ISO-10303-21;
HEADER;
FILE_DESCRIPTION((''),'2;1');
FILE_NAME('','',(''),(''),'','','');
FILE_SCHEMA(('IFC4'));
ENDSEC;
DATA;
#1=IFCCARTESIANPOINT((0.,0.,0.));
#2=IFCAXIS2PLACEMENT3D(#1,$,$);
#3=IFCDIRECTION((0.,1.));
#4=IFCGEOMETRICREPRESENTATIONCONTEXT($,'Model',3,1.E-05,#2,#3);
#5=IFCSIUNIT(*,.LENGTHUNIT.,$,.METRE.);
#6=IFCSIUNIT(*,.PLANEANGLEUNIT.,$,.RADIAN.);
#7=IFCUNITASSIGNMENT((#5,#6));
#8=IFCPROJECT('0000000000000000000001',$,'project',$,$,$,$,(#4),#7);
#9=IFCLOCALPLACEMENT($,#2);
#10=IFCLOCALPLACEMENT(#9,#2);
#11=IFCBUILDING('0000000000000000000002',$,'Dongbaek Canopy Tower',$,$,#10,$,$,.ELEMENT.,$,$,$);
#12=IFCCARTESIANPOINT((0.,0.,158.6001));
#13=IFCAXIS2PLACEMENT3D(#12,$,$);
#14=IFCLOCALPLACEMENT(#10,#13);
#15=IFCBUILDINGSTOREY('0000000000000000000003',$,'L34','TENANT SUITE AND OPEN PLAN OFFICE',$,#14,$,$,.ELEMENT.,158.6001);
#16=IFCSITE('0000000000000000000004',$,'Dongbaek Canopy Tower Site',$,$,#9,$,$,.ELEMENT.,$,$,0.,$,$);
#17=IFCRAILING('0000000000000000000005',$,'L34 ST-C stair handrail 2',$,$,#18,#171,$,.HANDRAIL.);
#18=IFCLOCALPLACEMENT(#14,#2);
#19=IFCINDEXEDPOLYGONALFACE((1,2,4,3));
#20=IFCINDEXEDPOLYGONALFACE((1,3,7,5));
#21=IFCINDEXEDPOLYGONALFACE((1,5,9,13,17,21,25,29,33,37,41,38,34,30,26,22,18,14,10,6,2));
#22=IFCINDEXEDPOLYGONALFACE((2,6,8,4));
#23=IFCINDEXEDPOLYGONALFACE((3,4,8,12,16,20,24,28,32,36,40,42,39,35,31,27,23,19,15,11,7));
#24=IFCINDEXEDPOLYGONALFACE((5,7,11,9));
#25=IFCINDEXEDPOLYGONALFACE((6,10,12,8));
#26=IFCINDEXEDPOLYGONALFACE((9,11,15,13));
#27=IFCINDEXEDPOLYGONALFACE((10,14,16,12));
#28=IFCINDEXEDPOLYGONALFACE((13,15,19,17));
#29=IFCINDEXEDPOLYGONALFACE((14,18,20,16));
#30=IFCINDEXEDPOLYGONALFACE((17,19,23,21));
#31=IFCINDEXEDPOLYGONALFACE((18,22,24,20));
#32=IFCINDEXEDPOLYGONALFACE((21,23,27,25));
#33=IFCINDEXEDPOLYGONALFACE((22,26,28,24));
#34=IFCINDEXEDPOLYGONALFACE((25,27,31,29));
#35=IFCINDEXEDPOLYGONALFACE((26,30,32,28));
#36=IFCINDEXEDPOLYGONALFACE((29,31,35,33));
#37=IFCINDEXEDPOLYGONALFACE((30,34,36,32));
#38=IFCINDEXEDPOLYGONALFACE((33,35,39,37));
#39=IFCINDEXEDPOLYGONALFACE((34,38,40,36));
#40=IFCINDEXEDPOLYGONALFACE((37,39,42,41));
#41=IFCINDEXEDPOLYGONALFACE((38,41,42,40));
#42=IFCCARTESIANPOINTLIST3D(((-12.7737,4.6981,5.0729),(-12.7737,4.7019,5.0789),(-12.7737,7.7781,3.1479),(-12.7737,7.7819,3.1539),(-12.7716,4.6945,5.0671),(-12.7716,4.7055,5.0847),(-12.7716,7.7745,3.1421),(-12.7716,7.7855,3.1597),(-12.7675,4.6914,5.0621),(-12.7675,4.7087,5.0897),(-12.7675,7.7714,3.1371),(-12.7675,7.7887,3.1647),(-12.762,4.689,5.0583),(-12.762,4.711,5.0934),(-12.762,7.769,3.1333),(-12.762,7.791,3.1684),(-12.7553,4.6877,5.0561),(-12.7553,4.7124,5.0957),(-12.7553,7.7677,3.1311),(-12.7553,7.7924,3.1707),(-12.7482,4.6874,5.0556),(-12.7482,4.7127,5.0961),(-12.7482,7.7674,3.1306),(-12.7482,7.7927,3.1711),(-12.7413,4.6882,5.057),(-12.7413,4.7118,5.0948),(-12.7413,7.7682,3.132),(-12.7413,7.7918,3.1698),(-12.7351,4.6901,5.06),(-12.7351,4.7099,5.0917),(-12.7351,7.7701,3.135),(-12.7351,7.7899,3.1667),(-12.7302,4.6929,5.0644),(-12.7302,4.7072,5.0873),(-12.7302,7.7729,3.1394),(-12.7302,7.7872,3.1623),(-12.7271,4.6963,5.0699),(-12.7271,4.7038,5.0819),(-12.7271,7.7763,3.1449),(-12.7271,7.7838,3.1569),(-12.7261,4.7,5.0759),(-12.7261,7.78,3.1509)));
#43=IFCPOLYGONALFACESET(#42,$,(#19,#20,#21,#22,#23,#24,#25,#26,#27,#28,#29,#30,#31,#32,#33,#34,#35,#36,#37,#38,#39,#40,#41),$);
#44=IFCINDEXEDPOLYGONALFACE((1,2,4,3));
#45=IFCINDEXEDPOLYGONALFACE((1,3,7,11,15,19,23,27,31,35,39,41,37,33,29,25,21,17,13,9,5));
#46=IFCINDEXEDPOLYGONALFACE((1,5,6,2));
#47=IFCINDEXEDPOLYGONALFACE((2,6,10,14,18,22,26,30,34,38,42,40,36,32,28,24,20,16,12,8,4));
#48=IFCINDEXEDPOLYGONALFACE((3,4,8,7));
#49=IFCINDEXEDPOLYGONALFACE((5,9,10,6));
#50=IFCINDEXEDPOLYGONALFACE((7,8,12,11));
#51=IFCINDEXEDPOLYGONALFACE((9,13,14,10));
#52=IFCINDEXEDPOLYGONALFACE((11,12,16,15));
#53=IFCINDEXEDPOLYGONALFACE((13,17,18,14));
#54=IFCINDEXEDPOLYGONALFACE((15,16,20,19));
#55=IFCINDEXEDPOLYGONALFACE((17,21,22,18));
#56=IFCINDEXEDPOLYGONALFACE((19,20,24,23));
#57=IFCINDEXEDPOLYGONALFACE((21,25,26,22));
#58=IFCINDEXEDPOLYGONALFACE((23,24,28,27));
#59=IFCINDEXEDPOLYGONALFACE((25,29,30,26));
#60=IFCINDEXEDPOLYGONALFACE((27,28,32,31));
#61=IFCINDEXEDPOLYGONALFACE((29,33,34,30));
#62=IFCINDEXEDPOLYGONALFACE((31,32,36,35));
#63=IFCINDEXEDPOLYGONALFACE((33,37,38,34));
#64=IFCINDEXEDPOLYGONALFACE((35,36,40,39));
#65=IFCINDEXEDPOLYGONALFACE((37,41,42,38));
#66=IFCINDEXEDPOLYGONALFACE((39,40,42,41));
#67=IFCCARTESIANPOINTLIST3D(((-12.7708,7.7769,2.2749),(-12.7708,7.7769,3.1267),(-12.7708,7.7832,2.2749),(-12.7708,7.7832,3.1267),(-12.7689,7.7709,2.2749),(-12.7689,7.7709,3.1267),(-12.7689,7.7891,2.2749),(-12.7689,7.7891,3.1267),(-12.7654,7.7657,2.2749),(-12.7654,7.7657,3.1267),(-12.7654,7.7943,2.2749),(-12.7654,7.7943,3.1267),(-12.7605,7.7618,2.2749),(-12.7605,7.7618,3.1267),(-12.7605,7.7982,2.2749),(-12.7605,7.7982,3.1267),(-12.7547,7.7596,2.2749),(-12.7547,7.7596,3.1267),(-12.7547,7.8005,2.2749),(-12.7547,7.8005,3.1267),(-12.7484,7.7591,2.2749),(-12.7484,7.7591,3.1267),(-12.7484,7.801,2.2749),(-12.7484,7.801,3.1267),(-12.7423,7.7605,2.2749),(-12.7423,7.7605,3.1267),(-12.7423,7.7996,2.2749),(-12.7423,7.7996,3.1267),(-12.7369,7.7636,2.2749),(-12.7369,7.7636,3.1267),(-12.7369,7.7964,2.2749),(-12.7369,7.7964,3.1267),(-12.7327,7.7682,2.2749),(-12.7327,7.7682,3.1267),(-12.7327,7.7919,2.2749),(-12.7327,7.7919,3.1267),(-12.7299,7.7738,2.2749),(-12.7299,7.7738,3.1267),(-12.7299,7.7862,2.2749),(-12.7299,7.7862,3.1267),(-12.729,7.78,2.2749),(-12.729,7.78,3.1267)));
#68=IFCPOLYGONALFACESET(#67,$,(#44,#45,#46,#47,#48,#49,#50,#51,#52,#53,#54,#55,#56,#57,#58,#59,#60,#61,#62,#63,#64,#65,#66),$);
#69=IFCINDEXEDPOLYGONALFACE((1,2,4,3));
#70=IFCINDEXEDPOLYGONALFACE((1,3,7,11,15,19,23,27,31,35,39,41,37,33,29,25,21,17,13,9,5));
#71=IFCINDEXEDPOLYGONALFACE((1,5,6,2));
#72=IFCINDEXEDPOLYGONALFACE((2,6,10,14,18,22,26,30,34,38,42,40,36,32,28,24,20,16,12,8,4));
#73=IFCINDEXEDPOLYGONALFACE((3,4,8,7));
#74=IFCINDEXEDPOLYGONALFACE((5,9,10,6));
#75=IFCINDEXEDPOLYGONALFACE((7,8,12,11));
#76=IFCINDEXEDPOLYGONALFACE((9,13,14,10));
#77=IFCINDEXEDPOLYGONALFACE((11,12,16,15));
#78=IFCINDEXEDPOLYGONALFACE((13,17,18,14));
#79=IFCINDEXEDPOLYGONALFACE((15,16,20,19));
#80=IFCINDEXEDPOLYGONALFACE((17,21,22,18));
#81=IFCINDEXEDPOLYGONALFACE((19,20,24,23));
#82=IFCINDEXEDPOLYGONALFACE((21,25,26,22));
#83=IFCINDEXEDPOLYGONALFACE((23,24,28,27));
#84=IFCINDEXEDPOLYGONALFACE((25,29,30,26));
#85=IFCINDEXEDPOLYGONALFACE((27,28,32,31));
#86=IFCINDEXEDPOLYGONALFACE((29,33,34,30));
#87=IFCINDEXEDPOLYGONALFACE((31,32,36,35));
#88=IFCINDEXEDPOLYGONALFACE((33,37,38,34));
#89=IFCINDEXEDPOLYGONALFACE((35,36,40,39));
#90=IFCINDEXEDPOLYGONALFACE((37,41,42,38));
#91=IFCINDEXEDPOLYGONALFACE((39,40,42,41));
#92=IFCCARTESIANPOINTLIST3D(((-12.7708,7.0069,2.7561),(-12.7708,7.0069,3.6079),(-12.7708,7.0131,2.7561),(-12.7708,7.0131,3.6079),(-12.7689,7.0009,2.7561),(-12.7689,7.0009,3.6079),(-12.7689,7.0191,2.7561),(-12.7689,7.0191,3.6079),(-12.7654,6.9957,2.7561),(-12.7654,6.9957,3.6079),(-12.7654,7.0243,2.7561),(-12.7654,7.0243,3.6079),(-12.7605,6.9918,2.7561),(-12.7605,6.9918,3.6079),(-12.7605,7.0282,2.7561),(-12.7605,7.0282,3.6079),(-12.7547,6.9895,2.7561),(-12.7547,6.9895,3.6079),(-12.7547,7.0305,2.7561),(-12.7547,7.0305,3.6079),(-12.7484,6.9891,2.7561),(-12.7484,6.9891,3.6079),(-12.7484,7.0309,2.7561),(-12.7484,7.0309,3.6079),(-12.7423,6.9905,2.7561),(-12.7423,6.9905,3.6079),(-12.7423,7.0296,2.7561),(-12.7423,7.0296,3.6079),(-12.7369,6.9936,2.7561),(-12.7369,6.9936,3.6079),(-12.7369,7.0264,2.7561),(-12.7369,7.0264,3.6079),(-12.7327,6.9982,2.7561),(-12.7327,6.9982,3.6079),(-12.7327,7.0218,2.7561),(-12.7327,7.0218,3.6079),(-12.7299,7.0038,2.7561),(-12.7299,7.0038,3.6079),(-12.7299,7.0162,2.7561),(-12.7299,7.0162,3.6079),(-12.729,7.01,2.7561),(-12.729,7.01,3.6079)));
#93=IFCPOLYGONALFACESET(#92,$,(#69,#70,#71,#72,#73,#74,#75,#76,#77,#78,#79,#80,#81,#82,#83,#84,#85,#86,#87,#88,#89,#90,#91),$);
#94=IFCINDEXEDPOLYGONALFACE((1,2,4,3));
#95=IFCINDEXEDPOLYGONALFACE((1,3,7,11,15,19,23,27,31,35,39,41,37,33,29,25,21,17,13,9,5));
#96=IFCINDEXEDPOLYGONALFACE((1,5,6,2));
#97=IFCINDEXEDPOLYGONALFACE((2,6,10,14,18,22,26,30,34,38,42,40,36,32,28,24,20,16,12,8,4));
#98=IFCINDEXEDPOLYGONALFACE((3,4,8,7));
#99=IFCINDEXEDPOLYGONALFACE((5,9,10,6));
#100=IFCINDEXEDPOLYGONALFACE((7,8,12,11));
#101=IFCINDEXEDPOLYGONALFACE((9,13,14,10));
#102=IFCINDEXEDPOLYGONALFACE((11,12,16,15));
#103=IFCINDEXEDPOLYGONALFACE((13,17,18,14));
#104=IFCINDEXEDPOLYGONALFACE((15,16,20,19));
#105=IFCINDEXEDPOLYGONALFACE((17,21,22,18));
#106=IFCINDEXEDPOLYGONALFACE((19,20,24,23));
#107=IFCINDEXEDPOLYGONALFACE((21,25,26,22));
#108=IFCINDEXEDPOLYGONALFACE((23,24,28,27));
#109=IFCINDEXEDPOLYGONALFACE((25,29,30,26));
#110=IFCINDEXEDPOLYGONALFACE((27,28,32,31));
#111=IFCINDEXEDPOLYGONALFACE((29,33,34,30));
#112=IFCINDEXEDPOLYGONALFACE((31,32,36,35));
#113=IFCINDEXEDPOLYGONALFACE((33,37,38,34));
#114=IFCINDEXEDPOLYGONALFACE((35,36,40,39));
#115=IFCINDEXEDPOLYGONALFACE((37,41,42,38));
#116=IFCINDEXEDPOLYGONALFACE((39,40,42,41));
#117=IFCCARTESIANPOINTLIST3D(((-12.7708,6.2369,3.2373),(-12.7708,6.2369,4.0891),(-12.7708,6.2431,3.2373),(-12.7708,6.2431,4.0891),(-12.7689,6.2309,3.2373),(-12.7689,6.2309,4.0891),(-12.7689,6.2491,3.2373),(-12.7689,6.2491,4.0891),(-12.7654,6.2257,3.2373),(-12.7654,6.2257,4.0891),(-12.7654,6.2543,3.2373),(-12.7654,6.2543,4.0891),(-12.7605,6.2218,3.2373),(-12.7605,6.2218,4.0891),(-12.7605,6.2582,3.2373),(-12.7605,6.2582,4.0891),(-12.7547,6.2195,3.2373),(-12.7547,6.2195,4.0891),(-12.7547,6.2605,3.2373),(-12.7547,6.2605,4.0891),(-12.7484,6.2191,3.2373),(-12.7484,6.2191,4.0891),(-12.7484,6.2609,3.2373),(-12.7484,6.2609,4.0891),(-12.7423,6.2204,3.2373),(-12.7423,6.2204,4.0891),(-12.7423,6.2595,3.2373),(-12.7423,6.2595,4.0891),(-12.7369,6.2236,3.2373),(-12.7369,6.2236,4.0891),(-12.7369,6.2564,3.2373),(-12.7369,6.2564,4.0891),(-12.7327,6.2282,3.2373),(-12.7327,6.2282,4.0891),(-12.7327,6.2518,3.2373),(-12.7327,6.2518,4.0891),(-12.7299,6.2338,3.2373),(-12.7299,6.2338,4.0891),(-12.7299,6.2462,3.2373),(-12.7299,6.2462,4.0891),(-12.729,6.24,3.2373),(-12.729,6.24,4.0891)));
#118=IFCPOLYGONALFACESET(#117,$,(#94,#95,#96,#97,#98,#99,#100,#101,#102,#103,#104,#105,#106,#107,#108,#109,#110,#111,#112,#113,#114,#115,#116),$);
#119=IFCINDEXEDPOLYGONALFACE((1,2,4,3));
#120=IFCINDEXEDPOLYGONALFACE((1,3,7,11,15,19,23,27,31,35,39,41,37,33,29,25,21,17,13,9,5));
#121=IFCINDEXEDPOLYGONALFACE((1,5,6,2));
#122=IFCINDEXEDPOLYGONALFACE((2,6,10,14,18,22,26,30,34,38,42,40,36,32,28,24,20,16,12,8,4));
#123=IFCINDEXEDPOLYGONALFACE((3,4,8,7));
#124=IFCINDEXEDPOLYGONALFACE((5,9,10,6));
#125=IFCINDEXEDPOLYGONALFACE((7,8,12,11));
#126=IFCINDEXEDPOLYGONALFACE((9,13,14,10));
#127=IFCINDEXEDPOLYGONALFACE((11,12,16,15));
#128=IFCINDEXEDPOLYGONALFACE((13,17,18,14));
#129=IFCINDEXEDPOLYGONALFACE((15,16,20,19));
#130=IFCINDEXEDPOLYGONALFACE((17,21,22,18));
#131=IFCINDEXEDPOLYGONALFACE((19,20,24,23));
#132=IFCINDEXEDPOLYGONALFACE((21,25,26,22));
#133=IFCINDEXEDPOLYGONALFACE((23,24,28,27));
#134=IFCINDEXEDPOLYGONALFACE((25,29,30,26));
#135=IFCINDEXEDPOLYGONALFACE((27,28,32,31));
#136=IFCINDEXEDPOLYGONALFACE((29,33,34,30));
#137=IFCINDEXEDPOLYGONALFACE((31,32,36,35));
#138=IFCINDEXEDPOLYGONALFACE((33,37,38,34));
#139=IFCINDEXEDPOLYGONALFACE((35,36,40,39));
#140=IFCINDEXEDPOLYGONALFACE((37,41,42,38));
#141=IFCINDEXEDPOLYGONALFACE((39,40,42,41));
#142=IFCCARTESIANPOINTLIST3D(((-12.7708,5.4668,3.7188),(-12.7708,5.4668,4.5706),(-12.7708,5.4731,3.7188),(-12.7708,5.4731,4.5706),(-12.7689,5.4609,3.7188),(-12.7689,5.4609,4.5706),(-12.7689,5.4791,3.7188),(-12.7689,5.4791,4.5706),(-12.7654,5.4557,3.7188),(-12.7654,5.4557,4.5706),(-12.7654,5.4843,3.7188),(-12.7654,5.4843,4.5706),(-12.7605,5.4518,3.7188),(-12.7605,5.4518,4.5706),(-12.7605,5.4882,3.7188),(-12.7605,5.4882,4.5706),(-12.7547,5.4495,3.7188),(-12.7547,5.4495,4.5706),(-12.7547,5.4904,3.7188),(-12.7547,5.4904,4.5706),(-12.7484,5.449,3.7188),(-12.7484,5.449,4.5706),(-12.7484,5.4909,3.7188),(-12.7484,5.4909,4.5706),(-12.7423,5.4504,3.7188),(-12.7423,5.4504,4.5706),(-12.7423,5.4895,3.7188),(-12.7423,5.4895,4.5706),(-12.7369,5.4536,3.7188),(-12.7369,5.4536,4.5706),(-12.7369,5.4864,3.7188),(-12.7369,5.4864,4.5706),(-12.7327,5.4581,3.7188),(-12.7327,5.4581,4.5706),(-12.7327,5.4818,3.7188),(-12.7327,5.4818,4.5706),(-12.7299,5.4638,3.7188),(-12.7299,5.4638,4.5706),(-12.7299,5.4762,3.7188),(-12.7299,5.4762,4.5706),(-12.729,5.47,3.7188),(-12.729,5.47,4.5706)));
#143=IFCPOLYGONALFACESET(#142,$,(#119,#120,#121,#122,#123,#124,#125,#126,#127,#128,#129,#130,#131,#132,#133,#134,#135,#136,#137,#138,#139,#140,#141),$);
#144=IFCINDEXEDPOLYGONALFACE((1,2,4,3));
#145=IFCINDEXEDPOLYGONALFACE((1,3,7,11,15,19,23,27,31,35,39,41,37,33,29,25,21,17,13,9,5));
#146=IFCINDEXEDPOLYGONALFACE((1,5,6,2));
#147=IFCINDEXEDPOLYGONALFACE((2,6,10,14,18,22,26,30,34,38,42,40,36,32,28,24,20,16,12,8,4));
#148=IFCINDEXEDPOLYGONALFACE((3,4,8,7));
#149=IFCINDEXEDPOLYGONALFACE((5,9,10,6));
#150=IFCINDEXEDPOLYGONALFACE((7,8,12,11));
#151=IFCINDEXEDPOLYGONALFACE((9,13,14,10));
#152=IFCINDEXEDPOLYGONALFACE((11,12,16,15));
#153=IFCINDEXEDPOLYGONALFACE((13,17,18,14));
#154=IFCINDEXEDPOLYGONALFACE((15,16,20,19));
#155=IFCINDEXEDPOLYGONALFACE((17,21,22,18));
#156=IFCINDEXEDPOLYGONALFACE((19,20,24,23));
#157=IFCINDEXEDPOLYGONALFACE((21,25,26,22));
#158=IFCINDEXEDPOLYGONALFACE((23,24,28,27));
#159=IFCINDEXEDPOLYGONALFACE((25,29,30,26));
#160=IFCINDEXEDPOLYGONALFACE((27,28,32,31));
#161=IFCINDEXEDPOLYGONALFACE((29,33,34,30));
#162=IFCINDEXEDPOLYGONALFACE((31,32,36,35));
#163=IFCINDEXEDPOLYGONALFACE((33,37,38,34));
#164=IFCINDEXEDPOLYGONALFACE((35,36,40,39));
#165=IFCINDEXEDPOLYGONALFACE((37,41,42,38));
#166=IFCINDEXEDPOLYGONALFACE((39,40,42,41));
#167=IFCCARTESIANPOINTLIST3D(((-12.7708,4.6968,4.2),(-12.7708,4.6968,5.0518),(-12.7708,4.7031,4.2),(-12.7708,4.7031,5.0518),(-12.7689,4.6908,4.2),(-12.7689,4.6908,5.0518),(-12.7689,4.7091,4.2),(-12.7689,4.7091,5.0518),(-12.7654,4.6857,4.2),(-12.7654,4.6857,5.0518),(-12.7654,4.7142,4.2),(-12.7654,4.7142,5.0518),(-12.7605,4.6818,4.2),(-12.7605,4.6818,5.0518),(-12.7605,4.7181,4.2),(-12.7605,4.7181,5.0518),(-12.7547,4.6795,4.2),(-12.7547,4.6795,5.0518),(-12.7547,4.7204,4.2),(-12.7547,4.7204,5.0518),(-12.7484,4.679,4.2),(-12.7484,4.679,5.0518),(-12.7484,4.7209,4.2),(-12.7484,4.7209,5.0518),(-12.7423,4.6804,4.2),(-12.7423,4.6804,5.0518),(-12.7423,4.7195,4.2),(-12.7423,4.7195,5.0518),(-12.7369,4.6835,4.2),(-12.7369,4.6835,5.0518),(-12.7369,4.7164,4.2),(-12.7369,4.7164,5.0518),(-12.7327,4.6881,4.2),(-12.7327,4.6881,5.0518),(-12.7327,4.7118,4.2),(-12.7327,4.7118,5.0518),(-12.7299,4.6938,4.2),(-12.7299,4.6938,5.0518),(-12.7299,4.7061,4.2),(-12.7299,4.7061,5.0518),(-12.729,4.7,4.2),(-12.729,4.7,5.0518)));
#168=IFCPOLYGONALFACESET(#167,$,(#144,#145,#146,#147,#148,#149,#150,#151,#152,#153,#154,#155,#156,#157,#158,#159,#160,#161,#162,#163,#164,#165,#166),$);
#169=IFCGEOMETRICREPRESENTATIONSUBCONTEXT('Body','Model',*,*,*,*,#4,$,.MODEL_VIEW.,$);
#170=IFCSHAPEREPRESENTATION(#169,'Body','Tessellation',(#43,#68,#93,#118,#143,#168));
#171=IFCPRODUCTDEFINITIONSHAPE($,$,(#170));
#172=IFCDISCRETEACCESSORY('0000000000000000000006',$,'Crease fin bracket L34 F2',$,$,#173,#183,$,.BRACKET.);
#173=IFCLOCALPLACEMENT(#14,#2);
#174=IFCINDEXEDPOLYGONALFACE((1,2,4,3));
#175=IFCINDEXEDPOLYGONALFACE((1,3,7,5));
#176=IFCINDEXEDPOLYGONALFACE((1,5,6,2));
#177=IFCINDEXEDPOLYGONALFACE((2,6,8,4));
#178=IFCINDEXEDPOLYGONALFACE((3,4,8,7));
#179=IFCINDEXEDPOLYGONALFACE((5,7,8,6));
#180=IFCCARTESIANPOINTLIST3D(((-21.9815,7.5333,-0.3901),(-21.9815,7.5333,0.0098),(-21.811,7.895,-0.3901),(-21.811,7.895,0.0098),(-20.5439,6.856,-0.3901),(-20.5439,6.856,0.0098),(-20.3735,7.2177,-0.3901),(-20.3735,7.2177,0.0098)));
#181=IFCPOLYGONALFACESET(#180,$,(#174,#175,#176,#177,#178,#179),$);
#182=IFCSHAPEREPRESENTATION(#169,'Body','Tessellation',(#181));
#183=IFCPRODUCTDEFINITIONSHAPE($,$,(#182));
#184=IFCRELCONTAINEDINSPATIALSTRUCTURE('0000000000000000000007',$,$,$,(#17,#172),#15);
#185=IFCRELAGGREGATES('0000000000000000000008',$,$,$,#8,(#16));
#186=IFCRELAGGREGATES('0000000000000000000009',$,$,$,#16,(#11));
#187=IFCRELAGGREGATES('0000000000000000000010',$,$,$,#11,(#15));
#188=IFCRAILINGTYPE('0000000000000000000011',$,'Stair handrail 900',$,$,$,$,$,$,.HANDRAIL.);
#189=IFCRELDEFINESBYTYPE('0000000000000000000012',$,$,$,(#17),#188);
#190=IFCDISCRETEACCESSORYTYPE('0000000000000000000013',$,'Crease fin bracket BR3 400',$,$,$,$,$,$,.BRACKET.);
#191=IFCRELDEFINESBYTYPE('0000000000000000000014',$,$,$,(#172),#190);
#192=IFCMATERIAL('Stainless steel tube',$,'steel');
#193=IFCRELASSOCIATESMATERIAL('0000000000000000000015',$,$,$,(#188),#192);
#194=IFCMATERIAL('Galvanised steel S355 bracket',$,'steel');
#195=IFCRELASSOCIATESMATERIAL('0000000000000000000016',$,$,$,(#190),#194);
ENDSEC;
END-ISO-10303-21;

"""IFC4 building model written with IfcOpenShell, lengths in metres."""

from ifc_helpers import new_model, si_unit, direction, frame, origin, origin_2d, place, context, subcontext, project, spatial, rectangle, circle, extrude, material, type_object, element, save


model = new_model("IFC4")

# Units and contexts
model_context = context("Model", 3, precision=1e-05, world=origin(), true_north=direction((0.0, 1.0)))
body_context = subcontext(model_context, "Body", "Model", "MODEL_VIEW")
ifc_project = project(units=[si_unit("LENGTHUNIT", "METRE"), si_unit("PLANEANGLEUNIT", "RADIAN")], contexts=[model_context])

# Site, building, storey
site_placement = place(None, origin())
site = spatial("IfcSite", under=ifc_project, at=site_placement, Name="Dongbaek Canopy Tower Site", CompositionType="ELEMENT", RefElevation=0.0)
building_placement = place(site_placement, origin())
building = spatial("IfcBuilding", under=site, at=building_placement, Name="Dongbaek Canopy Tower", CompositionType="ELEMENT")
storey_placement = place(building_placement, frame((0.0, 0.0, 158.6001)))
storey = spatial("IfcBuildingStorey", under=building, at=storey_placement, Name="L34", Description="TENANT SUITE AND OPEN PLAN OFFICE", CompositionType="ELEMENT", Elevation=158.6001)

# Railing
ifc_material_1 = material(Name="Stainless steel tube", Category="steel")
railing_type_1 = type_object("IfcRailingType", Name="Stair handrail 900", PredefinedType="HANDRAIL", material=ifc_material_1)
railing_1_placement = place(storey_placement, frame((-12.75, 7.78, 2.2749)))
element("IfcRailing", 1, at=railing_1_placement, inside=storey, type_object=railing_type_1, Name="L34 ST-C stair handrail 2", PredefinedType="HANDRAIL", context=body_context, shape_type="SweptSolid", body=[
    extrude(circle(Radius=0.0239, at=origin_2d()), frame((0.0, 0.0, 0.876), z_axis=(0.0, -0.847998, 0.529999), x_axis=(1.0, 0.0, 0.0)), (0.0, 0.0, 1.0), 3.6321),
    extrude(circle(Radius=0.021, at=origin_2d()), origin(), (0.0, 0.0, 1.0), 0.8518),
    extrude(circle(Radius=0.021, at=origin_2d()), frame((0.0, -0.77, 0.4812)), (0.0, 0.0, 1.0), 0.8518),
    extrude(circle(Radius=0.021, at=origin_2d()), frame((0.0, -1.54, 0.9624)), (0.0, 0.0, 1.0), 0.8518),
    extrude(circle(Radius=0.021, at=origin_2d()), frame((0.0, -2.3101, 1.4438)), (0.0, 0.0, 1.0), 0.8518),
    extrude(circle(Radius=0.021, at=origin_2d()), frame((0.0, -3.0801, 1.925)), (0.0, 0.0, 1.0), 0.8518),
])

# Discrete accessory
ifc_material_2 = material(Name="Galvanised steel S355 bracket", Category="steel")
discrete_accessory_type = type_object("IfcDiscreteAccessoryType", Name="Crease fin bracket BR3 400", PredefinedType="BRACKET", material=ifc_material_2)
discrete_accessory_placement = place(storey_placement, frame((-21.1775, 7.3755, -0.3901), z_axis=(0.0, 0.0, 1.0), x_axis=(-0.904626, 0.426207, 0.0)))
element("IfcDiscreteAccessory", 2, at=discrete_accessory_placement, inside=storey, type_object=discrete_accessory_type, Name="Crease fin bracket L34 F2", PredefinedType="BRACKET", context=body_context, shape_type="SweptSolid", body=[
    extrude(rectangle(XDim=1.5891, YDim=0.3999, at=origin_2d()), origin(), (0.0, 0.0, 1.0), 0.3999),
])

save(model, "model.ifc")
